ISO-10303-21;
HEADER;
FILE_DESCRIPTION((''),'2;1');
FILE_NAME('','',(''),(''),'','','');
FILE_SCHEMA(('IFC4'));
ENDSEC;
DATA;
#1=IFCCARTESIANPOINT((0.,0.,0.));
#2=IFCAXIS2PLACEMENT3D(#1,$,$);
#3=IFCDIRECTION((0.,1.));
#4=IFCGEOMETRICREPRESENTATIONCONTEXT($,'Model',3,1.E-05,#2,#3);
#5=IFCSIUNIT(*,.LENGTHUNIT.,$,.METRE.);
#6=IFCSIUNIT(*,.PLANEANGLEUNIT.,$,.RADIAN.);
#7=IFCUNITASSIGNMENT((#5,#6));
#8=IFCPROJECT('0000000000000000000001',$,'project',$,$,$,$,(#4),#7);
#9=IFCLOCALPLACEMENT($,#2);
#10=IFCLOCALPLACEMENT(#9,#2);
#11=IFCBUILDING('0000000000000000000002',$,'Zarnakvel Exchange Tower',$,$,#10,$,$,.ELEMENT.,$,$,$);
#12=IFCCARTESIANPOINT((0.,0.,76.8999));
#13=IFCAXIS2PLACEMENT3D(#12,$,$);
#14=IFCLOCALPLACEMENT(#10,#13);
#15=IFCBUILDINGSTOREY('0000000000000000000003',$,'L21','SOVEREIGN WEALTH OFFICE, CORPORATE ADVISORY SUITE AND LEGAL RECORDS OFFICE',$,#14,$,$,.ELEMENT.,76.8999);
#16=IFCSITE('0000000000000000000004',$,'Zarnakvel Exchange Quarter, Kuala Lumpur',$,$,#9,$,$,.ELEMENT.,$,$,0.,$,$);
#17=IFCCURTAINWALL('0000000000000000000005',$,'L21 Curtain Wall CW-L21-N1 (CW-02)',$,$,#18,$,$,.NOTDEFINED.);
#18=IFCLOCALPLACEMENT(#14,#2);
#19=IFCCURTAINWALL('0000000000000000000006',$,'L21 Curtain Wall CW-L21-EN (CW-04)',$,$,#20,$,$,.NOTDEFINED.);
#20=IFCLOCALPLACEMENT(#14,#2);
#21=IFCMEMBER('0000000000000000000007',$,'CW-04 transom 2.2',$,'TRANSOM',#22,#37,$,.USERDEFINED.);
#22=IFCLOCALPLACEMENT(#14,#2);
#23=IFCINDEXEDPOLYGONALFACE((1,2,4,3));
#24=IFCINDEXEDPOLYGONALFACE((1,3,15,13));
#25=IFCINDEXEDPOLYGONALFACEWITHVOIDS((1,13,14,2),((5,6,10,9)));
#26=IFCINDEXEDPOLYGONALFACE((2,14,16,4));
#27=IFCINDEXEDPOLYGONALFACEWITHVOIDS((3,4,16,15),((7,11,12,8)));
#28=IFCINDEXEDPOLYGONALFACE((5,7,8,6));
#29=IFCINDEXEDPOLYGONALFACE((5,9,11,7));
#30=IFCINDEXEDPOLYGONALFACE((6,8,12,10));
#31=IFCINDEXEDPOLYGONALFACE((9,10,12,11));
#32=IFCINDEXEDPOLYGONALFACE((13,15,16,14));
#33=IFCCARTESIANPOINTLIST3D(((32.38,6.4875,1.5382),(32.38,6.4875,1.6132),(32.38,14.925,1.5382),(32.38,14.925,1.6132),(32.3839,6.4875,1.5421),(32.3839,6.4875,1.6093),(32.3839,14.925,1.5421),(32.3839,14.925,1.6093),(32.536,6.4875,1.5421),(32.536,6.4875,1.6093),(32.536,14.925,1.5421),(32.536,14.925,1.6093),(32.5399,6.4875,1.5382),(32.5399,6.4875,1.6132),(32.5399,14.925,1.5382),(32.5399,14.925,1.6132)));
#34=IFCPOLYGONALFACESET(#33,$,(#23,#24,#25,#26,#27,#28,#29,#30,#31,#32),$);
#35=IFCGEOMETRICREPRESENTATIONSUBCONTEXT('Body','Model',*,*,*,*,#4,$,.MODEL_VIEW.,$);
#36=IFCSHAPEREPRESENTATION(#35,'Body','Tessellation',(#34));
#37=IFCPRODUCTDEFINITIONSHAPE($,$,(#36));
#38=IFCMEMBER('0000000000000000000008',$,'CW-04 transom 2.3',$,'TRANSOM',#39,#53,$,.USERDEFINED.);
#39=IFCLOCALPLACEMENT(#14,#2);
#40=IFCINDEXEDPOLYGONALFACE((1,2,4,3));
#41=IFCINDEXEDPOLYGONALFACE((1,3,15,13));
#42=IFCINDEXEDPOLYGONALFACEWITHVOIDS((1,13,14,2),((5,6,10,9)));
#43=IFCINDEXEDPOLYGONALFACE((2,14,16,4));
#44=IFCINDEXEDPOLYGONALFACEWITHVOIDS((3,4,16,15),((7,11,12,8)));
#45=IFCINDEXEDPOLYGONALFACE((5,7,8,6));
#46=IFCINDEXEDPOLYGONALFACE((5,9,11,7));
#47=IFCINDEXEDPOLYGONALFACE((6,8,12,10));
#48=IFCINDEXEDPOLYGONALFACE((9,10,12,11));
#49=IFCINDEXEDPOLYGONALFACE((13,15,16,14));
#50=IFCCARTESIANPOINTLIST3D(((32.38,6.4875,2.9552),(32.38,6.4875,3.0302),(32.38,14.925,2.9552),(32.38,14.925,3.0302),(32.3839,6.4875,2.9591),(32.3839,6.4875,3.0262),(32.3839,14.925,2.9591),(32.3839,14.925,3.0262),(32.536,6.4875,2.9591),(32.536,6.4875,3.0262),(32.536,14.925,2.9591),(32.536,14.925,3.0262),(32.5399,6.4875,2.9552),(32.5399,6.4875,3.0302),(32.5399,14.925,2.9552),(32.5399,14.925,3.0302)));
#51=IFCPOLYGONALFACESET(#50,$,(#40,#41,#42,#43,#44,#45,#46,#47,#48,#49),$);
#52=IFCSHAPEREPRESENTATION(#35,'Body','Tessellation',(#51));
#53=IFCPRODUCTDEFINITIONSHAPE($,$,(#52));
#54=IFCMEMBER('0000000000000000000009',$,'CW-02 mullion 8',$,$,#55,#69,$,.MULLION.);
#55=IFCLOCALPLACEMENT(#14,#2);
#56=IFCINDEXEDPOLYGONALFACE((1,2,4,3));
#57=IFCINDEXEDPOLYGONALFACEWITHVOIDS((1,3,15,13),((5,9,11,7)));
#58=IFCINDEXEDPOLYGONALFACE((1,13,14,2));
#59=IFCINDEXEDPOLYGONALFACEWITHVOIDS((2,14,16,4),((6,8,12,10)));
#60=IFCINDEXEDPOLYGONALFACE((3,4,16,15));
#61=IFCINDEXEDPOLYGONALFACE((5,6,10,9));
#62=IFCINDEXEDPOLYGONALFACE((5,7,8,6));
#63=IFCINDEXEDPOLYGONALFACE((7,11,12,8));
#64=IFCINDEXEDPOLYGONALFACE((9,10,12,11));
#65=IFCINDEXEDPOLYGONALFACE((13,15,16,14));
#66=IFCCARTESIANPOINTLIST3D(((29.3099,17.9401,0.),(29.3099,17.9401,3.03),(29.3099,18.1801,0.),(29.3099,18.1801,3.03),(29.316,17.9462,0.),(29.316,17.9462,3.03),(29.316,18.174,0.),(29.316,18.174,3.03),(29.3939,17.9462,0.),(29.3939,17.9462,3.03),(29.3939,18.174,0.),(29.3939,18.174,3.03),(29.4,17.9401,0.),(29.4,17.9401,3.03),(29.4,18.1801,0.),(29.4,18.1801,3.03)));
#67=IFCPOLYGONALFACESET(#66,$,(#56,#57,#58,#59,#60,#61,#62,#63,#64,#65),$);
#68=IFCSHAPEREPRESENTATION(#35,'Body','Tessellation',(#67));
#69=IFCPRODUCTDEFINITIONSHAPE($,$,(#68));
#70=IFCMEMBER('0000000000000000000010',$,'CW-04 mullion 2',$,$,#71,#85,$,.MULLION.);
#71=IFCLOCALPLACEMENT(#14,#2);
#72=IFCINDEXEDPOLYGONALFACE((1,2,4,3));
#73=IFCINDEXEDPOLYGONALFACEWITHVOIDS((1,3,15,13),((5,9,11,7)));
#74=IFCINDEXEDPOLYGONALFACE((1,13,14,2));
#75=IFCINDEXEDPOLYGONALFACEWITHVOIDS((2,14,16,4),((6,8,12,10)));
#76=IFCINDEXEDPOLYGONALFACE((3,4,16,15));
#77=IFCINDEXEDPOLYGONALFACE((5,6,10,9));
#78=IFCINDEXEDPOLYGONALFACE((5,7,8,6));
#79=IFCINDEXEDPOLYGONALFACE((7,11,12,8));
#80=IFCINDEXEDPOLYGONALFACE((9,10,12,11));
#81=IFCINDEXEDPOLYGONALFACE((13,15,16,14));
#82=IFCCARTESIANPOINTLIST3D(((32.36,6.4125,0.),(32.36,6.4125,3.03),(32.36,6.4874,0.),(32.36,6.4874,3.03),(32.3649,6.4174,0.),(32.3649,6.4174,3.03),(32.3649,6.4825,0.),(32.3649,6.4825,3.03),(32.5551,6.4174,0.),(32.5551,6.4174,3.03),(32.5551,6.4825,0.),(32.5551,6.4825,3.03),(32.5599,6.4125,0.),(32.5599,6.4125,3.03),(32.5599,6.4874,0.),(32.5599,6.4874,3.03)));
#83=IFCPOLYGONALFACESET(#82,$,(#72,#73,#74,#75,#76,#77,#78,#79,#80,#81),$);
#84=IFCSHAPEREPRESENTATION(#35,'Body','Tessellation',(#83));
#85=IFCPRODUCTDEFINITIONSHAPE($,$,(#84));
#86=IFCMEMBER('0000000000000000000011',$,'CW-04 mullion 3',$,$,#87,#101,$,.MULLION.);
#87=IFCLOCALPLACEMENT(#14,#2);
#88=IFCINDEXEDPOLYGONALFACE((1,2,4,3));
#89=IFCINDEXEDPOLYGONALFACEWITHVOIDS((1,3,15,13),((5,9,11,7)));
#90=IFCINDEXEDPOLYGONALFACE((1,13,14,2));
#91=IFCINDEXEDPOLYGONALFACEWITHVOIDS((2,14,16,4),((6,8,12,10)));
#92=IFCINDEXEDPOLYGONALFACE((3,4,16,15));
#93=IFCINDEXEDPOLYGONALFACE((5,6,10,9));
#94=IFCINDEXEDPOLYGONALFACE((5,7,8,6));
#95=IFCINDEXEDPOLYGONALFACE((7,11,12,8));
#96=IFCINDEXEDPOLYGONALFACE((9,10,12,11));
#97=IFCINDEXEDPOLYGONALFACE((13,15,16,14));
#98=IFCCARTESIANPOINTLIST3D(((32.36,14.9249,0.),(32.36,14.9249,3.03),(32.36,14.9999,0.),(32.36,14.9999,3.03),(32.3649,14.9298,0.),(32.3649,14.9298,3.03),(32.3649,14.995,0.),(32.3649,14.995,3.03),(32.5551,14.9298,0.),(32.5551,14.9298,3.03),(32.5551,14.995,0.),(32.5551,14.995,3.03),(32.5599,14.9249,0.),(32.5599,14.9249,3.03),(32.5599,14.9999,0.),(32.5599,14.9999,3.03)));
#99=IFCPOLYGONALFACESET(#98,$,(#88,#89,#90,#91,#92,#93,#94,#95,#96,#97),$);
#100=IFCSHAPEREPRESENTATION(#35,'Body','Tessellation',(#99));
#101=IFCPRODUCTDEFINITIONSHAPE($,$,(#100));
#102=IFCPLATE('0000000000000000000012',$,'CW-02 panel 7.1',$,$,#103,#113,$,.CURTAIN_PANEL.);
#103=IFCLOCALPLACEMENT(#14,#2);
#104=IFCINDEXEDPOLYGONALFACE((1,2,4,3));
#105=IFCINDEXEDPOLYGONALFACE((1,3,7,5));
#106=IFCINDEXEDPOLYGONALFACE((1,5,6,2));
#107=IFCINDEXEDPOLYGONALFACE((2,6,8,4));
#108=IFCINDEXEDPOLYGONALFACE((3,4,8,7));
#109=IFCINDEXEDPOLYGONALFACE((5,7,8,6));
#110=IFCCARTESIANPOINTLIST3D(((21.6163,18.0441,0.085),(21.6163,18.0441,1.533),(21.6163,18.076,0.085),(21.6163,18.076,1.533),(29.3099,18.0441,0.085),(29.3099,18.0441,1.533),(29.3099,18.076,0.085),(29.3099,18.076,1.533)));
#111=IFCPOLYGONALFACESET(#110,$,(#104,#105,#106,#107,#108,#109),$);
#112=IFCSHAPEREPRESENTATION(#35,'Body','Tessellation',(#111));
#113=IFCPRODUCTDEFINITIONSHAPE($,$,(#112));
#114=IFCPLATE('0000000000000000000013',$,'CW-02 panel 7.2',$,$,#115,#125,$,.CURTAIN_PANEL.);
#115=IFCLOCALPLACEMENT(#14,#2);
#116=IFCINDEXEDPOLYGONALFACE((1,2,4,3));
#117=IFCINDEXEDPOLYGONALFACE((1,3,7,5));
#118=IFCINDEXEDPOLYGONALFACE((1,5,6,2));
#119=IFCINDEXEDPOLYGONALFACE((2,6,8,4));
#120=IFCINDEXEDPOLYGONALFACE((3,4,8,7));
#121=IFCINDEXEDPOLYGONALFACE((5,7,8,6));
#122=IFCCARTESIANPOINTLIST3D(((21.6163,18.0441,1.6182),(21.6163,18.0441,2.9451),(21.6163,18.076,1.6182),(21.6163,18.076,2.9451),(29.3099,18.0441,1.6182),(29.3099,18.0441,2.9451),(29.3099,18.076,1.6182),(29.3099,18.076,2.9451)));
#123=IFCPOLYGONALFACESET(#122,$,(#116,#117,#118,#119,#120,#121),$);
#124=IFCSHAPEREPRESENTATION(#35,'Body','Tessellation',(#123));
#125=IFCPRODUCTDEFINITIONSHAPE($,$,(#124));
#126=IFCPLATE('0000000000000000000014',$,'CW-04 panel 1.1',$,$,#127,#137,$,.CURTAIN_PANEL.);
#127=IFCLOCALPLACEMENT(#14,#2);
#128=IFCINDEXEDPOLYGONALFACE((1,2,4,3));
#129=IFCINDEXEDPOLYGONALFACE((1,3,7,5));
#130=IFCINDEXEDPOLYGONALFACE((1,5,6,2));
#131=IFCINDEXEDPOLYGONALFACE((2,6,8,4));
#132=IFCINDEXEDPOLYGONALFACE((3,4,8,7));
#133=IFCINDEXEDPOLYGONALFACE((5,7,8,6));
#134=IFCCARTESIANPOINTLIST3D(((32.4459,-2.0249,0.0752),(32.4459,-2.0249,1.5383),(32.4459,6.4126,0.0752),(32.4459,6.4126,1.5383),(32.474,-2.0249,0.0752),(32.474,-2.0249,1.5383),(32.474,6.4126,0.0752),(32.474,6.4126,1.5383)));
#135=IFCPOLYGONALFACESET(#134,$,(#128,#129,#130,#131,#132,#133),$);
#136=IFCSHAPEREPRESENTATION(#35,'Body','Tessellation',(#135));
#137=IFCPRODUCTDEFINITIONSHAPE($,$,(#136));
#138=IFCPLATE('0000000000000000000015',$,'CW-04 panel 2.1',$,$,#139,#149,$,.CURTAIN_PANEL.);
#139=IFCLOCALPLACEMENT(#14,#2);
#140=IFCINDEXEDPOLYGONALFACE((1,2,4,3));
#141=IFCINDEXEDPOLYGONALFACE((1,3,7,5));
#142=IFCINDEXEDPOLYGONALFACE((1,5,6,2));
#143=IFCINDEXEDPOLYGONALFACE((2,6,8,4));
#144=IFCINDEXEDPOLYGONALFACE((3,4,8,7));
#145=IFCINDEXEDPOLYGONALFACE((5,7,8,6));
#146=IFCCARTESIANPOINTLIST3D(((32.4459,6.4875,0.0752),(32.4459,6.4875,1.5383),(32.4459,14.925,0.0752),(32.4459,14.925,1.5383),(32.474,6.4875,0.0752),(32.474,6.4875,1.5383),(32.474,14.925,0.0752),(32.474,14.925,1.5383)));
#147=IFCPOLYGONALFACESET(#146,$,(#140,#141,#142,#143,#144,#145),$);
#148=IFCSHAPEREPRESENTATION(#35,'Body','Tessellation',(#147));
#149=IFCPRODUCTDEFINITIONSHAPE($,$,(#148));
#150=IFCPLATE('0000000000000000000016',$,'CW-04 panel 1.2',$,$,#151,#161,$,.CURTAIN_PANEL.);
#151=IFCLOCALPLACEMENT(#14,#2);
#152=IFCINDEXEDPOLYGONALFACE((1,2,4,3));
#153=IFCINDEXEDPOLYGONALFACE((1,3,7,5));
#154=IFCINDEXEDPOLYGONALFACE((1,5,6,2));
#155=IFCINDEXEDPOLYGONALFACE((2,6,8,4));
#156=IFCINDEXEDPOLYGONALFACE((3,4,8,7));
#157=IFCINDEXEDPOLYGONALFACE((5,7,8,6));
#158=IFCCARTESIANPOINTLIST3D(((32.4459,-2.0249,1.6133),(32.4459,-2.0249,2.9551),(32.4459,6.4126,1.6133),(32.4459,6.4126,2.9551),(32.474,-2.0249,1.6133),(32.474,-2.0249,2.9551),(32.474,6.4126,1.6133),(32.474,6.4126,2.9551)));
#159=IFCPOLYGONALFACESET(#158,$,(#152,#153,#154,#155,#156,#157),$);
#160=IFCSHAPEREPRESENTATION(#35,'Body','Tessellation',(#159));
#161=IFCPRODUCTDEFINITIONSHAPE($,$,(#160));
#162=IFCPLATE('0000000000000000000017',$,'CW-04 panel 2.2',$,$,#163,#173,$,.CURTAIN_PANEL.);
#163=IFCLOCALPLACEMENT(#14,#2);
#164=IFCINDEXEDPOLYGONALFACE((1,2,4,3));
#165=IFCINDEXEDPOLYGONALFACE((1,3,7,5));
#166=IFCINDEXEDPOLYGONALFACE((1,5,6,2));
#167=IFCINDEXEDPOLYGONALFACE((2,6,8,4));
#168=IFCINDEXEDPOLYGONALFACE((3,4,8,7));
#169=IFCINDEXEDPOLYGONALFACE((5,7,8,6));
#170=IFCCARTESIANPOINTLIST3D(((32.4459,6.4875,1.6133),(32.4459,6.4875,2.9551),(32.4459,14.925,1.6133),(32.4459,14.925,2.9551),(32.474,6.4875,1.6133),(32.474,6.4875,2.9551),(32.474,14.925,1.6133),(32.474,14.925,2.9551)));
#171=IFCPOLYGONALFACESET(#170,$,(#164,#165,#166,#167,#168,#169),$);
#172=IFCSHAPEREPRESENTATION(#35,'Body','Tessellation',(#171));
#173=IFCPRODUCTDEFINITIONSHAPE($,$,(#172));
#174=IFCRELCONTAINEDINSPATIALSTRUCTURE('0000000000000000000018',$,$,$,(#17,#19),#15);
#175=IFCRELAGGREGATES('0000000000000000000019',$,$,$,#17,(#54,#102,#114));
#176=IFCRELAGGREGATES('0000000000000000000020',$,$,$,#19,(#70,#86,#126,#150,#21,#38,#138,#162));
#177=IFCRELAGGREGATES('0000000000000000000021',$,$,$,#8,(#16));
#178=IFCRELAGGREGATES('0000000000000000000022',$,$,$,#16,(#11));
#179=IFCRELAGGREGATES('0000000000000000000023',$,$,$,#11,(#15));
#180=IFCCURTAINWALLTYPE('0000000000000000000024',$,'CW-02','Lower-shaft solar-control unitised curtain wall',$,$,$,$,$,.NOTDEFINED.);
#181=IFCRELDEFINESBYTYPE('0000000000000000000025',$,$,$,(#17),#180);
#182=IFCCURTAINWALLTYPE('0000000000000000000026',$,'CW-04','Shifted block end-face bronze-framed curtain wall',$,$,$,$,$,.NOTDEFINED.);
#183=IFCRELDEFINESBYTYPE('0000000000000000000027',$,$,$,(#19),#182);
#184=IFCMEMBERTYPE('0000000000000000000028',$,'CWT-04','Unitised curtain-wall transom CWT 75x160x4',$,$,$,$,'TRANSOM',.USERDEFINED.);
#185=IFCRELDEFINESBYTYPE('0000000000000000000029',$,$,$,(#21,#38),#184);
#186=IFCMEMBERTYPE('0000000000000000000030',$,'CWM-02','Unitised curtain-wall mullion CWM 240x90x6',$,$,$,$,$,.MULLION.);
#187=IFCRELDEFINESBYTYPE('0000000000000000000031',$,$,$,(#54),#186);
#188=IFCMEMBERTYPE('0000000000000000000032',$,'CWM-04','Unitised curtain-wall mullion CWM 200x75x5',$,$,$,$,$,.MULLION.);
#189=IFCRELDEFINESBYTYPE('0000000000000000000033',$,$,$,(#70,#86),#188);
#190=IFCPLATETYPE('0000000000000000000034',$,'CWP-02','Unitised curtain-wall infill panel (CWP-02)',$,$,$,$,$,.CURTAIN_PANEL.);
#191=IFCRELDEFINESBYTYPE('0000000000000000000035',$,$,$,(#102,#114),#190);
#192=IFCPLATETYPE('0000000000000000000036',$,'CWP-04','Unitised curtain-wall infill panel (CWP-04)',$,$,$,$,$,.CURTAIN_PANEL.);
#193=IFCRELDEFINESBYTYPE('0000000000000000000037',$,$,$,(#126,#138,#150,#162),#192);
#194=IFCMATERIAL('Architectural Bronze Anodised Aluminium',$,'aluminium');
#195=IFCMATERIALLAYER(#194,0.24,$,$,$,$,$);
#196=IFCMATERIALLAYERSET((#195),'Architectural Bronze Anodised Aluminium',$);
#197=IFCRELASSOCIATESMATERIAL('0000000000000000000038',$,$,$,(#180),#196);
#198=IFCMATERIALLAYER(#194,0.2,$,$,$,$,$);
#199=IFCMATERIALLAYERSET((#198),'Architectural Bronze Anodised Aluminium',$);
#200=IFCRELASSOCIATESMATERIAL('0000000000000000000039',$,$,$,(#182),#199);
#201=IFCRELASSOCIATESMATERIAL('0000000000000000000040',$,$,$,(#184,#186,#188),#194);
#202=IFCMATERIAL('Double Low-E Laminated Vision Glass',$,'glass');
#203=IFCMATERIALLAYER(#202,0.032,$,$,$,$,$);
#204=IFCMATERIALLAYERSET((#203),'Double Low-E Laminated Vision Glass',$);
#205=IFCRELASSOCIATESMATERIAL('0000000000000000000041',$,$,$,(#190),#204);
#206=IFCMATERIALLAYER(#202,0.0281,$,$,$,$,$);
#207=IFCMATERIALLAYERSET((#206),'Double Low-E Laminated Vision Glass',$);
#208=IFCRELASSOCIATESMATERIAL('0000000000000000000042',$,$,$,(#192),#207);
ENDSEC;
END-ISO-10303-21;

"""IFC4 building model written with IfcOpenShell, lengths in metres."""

from ifc_helpers import new_model, si_unit, direction, frame, origin, origin_2d, place, context, subcontext, project, spatial, rectangle, hollow_rectangle, extrude, source, transform, mapped, material, layer, layer_set, material_profile, profile_set, type_object, element, aggregate, save


model = new_model("IFC4")

# Units and contexts
model_context = context("Model", 3, precision=1e-05, world=origin(), true_north=direction((0.0, 1.0)))
body_context = subcontext(model_context, "Body", "Model", "MODEL_VIEW")
ifc_project = project(units=[si_unit("LENGTHUNIT", "METRE"), si_unit("PLANEANGLEUNIT", "RADIAN")], contexts=[model_context])

# Site, building, storey
site_placement = place(None, origin())
site = spatial("IfcSite", under=ifc_project, at=site_placement, Name="Zarnakvel Exchange Quarter, Kuala Lumpur", CompositionType="ELEMENT", RefElevation=0.0)
building_placement = place(site_placement, origin())
building = spatial("IfcBuilding", under=site, at=building_placement, Name="Zarnakvel Exchange Tower", CompositionType="ELEMENT")
storey_placement = place(building_placement, frame((0.0, 0.0, 76.8999)))
storey = spatial("IfcBuildingStorey", under=building, at=storey_placement, Name="L21", Description="SOVEREIGN WEALTH OFFICE, CORPORATE ADVISORY SUITE AND LEGAL RECORDS OFFICE", CompositionType="ELEMENT", Elevation=76.8999)

# Curtain walls, members
ifc_material_1 = material(Name="Architectural Bronze Anodised Aluminium", Category="aluminium")
ifc_layer_1 = layer(ifc_material_1, 0.24)
ifc_layer_set_1 = layer_set([ifc_layer_1], Name="Architectural Bronze Anodised Aluminium")
curtain_wall_type_1 = type_object("IfcCurtainWallType", Name="CW-02", Description="Lower-shaft solar-control unitised curtain wall", PredefinedType="NOTDEFINED", material=ifc_layer_set_1)
curtain_wall_1_placement = place(storey_placement, origin())
curtain_wall_1 = element("IfcCurtainWall", 1, at=curtain_wall_1_placement, inside=storey, type_object=curtain_wall_type_1, Name="L21 Curtain Wall CW-L21-N1 (CW-02)", PredefinedType="NOTDEFINED")
ifc_layer_2 = layer(ifc_material_1, 0.2)
ifc_layer_set_2 = layer_set([ifc_layer_2], Name="Architectural Bronze Anodised Aluminium")
curtain_wall_type_2 = type_object("IfcCurtainWallType", Name="CW-04", Description="Shifted block end-face bronze-framed curtain wall", PredefinedType="NOTDEFINED", material=ifc_layer_set_2)
curtain_wall_2_placement = place(storey_placement, origin())
curtain_wall_2 = element("IfcCurtainWall", 2, at=curtain_wall_2_placement, inside=storey, type_object=curtain_wall_type_2, Name="L21 Curtain Wall CW-L21-EN (CW-04)", PredefinedType="NOTDEFINED")
ifc_material_profile_1 = material_profile(ifc_material_1, hollow_rectangle(XDim=0.1599, YDim=0.075, WallThickness=0.0039, at=origin_2d()))
ifc_profile_set_1 = profile_set([ifc_material_profile_1], Name="Architectural Bronze Anodised Aluminium")
member_type_1 = type_object("IfcMemberType", Name="CWT-04", Description="Unitised curtain-wall transom CWT 75x160x4", ElementType="TRANSOM", PredefinedType="USERDEFINED", material=ifc_profile_set_1)
shared_shape_1 = source(origin(), body_context, "Body", "SweptSolid", [
    extrude(hollow_rectangle(XDim=0.1599, YDim=0.075, WallThickness=0.0039, at=origin_2d()), origin(), (0.0, 0.0, 1.0), 8.4375),
])
member_1_placement = place(storey_placement, frame((32.46, 6.4875, 1.5757), z_axis=(0.0, 1.0, 0.0), x_axis=(-1.0, 0.0, 0.0)))
member_1 = element("IfcMember", 3, at=member_1_placement, type_object=member_type_1, Name="CW-04 transom 2.2", ObjectType="TRANSOM", PredefinedType="USERDEFINED", context=body_context, shape_type="MappedRepresentation", body=[
    mapped(shared_shape_1, transform((0.0, 0.0, 0.0), x_axis=(1.0, 0.0, 0.0), y_axis=(0.0, 1.0, 0.0), z_axis=(0.0, 0.0, 1.0), scale=1.0)),
])
member_2_placement = place(storey_placement, frame((32.46, 6.4875, 2.9927), z_axis=(0.0, 1.0, 0.0), x_axis=(-1.0, 0.0, 0.0)))
member_2 = element("IfcMember", 4, at=member_2_placement, type_object=member_type_1, Name="CW-04 transom 2.3", ObjectType="TRANSOM", PredefinedType="USERDEFINED", context=body_context, shape_type="MappedRepresentation", body=[
    mapped(shared_shape_1, transform((0.0, 0.0, 0.0), x_axis=(1.0, 0.0, 0.0), y_axis=(0.0, 1.0, 0.0), z_axis=(0.0, 0.0, 1.0), scale=1.0)),
])

# Members
ifc_material_profile_2 = material_profile(ifc_material_1, hollow_rectangle(XDim=0.24, YDim=0.0901, WallThickness=0.0061, at=origin_2d()))
ifc_profile_set_2 = profile_set([ifc_material_profile_2], Name="Architectural Bronze Anodised Aluminium")
member_type_2 = type_object("IfcMemberType", Name="CWM-02", Description="Unitised curtain-wall mullion CWM 240x90x6", PredefinedType="MULLION", material=ifc_profile_set_2)
shared_shape_2 = source(origin(), body_context, "Body", "SweptSolid", [
    extrude(hollow_rectangle(XDim=0.24, YDim=0.0901, WallThickness=0.0061, at=origin_2d()), origin(), (0.0, 0.0, 1.0), 3.03),
])
member_3_placement = place(storey_placement, frame((29.355, 18.0601, 0.0), z_axis=(0.0, 0.0, 1.0), x_axis=(0.0, 1.0, 0.0)))
member_3 = element("IfcMember", 5, at=member_3_placement, type_object=member_type_2, Name="CW-02 mullion 8", PredefinedType="MULLION", context=body_context, shape_type="MappedRepresentation", body=[
    mapped(shared_shape_2, transform((0.0, 0.0, 0.0), x_axis=(1.0, 0.0, 0.0), y_axis=(0.0, 1.0, 0.0), z_axis=(0.0, 0.0, 1.0), scale=1.0)),
])
ifc_material_profile_3 = material_profile(ifc_material_1, hollow_rectangle(XDim=0.2, YDim=0.075, WallThickness=0.0049, at=origin_2d()))
ifc_profile_set_3 = profile_set([ifc_material_profile_3], Name="Architectural Bronze Anodised Aluminium")
member_type_3 = type_object("IfcMemberType", Name="CWM-04", Description="Unitised curtain-wall mullion CWM 200x75x5", PredefinedType="MULLION", material=ifc_profile_set_3)
shared_shape_3 = source(origin(), body_context, "Body", "SweptSolid", [
    extrude(hollow_rectangle(XDim=0.2, YDim=0.075, WallThickness=0.0049, at=origin_2d()), origin(), (0.0, 0.0, 1.0), 3.03),
])
member_4_placement = place(storey_placement, frame((32.46, 6.45, 0.0), z_axis=(0.0, 0.0, 1.0), x_axis=(-1.0, 0.0, 0.0)))
member_4 = element("IfcMember", 6, at=member_4_placement, type_object=member_type_3, Name="CW-04 mullion 2", PredefinedType="MULLION", context=body_context, shape_type="MappedRepresentation", body=[
    mapped(shared_shape_3, transform((0.0, 0.0, 0.0), x_axis=(1.0, 0.0, 0.0), y_axis=(0.0, 1.0, 0.0), z_axis=(0.0, 0.0, 1.0), scale=1.0)),
])
member_5_placement = place(storey_placement, frame((32.46, 14.9624, 0.0), z_axis=(0.0, 0.0, 1.0), x_axis=(-1.0, 0.0, 0.0)))
member_5 = element("IfcMember", 7, at=member_5_placement, type_object=member_type_3, Name="CW-04 mullion 3", PredefinedType="MULLION", context=body_context, shape_type="MappedRepresentation", body=[
    mapped(shared_shape_3, transform((0.0, 0.0, 0.0), x_axis=(1.0, 0.0, 0.0), y_axis=(0.0, 1.0, 0.0), z_axis=(0.0, 0.0, 1.0), scale=1.0)),
])

# Plates
ifc_material_2 = material(Name="Double Low-E Laminated Vision Glass", Category="glass")
ifc_layer_3 = layer(ifc_material_2, 0.032)
ifc_layer_set_3 = layer_set([ifc_layer_3], Name="Double Low-E Laminated Vision Glass")
plate_type_1 = type_object("IfcPlateType", Name="CWP-02", Description="Unitised curtain-wall infill panel (CWP-02)", PredefinedType="CURTAIN_PANEL", material=ifc_layer_set_3)
shared_shape_4 = source(origin(), body_context, "Body", "SweptSolid", [
    extrude(rectangle(XDim=7.6936, YDim=0.032, at=origin_2d()), origin(), (0.0, 0.0, 1.0), 1.448),
])
plate_1_placement = place(storey_placement, frame((25.4631, 18.0601, 0.085), z_axis=(0.0, 0.0, 1.0), x_axis=(1.0, 0.0, 0.0)))
plate_1 = element("IfcPlate", 8, at=plate_1_placement, type_object=plate_type_1, Name="CW-02 panel 7.1", PredefinedType="CURTAIN_PANEL", context=body_context, shape_type="MappedRepresentation", body=[
    mapped(shared_shape_4, transform((0.0, 0.0, 0.0), x_axis=(1.0, 0.0, 0.0), y_axis=(0.0, 1.0, 0.0), z_axis=(0.0, 0.0, 1.0), scale=1.0)),
])
shared_shape_5 = source(origin(), body_context, "Body", "SweptSolid", [
    extrude(rectangle(XDim=7.6936, YDim=0.032, at=origin_2d()), origin(), (0.0, 0.0, 1.0), 1.3269),
])
plate_2_placement = place(storey_placement, frame((25.4631, 18.0601, 1.6182), z_axis=(0.0, 0.0, 1.0), x_axis=(1.0, 0.0, 0.0)))
plate_2 = element("IfcPlate", 9, at=plate_2_placement, type_object=plate_type_1, Name="CW-02 panel 7.2", PredefinedType="CURTAIN_PANEL", context=body_context, shape_type="MappedRepresentation", body=[
    mapped(shared_shape_5, transform((0.0, 0.0, 0.0), x_axis=(1.0, 0.0, 0.0), y_axis=(0.0, 1.0, 0.0), z_axis=(0.0, 0.0, 1.0), scale=1.0)),
])
aggregate(curtain_wall_1, [member_3, plate_1, plate_2])
ifc_layer_4 = layer(ifc_material_2, 0.0281)
ifc_layer_set_4 = layer_set([ifc_layer_4], Name="Double Low-E Laminated Vision Glass")
plate_type_2 = type_object("IfcPlateType", Name="CWP-04", Description="Unitised curtain-wall infill panel (CWP-04)", PredefinedType="CURTAIN_PANEL", material=ifc_layer_set_4)
shared_shape_6 = source(origin(), body_context, "Body", "SweptSolid", [
    extrude(rectangle(XDim=8.4375, YDim=0.0281, at=origin_2d()), origin(), (0.0, 0.0, 1.0), 1.4631),
])
plate_3_placement = place(storey_placement, frame((32.46, 2.1938, 0.0752), z_axis=(0.0, 0.0, 1.0), x_axis=(0.0, 1.0, 0.0)))
plate_3 = element("IfcPlate", 10, at=plate_3_placement, type_object=plate_type_2, Name="CW-04 panel 1.1", PredefinedType="CURTAIN_PANEL", context=body_context, shape_type="MappedRepresentation", body=[
    mapped(shared_shape_6, transform((0.0, 0.0, 0.0), x_axis=(1.0, 0.0, 0.0), y_axis=(0.0, 1.0, 0.0), z_axis=(0.0, 0.0, 1.0), scale=1.0)),
])
plate_4_placement = place(storey_placement, frame((32.46, 10.7063, 0.0752), z_axis=(0.0, 0.0, 1.0), x_axis=(0.0, 1.0, 0.0)))
plate_4 = element("IfcPlate", 11, at=plate_4_placement, type_object=plate_type_2, Name="CW-04 panel 2.1", PredefinedType="CURTAIN_PANEL", context=body_context, shape_type="MappedRepresentation", body=[
    mapped(shared_shape_6, transform((0.0, 0.0, 0.0), x_axis=(1.0, 0.0, 0.0), y_axis=(0.0, 1.0, 0.0), z_axis=(0.0, 0.0, 1.0), scale=1.0)),
])
shared_shape_7 = source(origin(), body_context, "Body", "SweptSolid", [
    extrude(rectangle(XDim=8.4375, YDim=0.0281, at=origin_2d()), origin(), (0.0, 0.0, 1.0), 1.3418),
])
plate_5_placement = place(storey_placement, frame((32.46, 2.1938, 1.6133), z_axis=(0.0, 0.0, 1.0), x_axis=(0.0, 1.0, 0.0)))
plate_5 = element("IfcPlate", 12, at=plate_5_placement, type_object=plate_type_2, Name="CW-04 panel 1.2", PredefinedType="CURTAIN_PANEL", context=body_context, shape_type="MappedRepresentation", body=[
    mapped(shared_shape_7, transform((0.0, 0.0, 0.0), x_axis=(1.0, 0.0, 0.0), y_axis=(0.0, 1.0, 0.0), z_axis=(0.0, 0.0, 1.0), scale=1.0)),
])
plate_6_placement = place(storey_placement, frame((32.46, 10.7063, 1.6133), z_axis=(0.0, 0.0, 1.0), x_axis=(0.0, 1.0, 0.0)))
plate_6 = element("IfcPlate", 13, at=plate_6_placement, type_object=plate_type_2, Name="CW-04 panel 2.2", PredefinedType="CURTAIN_PANEL", context=body_context, shape_type="MappedRepresentation", body=[
    mapped(shared_shape_7, transform((0.0, 0.0, 0.0), x_axis=(1.0, 0.0, 0.0), y_axis=(0.0, 1.0, 0.0), z_axis=(0.0, 0.0, 1.0), scale=1.0)),
])
aggregate(curtain_wall_2, [member_4, member_5, plate_3, plate_5, member_1, member_2, plate_4, plate_6])

save(model, "model.ifc")
